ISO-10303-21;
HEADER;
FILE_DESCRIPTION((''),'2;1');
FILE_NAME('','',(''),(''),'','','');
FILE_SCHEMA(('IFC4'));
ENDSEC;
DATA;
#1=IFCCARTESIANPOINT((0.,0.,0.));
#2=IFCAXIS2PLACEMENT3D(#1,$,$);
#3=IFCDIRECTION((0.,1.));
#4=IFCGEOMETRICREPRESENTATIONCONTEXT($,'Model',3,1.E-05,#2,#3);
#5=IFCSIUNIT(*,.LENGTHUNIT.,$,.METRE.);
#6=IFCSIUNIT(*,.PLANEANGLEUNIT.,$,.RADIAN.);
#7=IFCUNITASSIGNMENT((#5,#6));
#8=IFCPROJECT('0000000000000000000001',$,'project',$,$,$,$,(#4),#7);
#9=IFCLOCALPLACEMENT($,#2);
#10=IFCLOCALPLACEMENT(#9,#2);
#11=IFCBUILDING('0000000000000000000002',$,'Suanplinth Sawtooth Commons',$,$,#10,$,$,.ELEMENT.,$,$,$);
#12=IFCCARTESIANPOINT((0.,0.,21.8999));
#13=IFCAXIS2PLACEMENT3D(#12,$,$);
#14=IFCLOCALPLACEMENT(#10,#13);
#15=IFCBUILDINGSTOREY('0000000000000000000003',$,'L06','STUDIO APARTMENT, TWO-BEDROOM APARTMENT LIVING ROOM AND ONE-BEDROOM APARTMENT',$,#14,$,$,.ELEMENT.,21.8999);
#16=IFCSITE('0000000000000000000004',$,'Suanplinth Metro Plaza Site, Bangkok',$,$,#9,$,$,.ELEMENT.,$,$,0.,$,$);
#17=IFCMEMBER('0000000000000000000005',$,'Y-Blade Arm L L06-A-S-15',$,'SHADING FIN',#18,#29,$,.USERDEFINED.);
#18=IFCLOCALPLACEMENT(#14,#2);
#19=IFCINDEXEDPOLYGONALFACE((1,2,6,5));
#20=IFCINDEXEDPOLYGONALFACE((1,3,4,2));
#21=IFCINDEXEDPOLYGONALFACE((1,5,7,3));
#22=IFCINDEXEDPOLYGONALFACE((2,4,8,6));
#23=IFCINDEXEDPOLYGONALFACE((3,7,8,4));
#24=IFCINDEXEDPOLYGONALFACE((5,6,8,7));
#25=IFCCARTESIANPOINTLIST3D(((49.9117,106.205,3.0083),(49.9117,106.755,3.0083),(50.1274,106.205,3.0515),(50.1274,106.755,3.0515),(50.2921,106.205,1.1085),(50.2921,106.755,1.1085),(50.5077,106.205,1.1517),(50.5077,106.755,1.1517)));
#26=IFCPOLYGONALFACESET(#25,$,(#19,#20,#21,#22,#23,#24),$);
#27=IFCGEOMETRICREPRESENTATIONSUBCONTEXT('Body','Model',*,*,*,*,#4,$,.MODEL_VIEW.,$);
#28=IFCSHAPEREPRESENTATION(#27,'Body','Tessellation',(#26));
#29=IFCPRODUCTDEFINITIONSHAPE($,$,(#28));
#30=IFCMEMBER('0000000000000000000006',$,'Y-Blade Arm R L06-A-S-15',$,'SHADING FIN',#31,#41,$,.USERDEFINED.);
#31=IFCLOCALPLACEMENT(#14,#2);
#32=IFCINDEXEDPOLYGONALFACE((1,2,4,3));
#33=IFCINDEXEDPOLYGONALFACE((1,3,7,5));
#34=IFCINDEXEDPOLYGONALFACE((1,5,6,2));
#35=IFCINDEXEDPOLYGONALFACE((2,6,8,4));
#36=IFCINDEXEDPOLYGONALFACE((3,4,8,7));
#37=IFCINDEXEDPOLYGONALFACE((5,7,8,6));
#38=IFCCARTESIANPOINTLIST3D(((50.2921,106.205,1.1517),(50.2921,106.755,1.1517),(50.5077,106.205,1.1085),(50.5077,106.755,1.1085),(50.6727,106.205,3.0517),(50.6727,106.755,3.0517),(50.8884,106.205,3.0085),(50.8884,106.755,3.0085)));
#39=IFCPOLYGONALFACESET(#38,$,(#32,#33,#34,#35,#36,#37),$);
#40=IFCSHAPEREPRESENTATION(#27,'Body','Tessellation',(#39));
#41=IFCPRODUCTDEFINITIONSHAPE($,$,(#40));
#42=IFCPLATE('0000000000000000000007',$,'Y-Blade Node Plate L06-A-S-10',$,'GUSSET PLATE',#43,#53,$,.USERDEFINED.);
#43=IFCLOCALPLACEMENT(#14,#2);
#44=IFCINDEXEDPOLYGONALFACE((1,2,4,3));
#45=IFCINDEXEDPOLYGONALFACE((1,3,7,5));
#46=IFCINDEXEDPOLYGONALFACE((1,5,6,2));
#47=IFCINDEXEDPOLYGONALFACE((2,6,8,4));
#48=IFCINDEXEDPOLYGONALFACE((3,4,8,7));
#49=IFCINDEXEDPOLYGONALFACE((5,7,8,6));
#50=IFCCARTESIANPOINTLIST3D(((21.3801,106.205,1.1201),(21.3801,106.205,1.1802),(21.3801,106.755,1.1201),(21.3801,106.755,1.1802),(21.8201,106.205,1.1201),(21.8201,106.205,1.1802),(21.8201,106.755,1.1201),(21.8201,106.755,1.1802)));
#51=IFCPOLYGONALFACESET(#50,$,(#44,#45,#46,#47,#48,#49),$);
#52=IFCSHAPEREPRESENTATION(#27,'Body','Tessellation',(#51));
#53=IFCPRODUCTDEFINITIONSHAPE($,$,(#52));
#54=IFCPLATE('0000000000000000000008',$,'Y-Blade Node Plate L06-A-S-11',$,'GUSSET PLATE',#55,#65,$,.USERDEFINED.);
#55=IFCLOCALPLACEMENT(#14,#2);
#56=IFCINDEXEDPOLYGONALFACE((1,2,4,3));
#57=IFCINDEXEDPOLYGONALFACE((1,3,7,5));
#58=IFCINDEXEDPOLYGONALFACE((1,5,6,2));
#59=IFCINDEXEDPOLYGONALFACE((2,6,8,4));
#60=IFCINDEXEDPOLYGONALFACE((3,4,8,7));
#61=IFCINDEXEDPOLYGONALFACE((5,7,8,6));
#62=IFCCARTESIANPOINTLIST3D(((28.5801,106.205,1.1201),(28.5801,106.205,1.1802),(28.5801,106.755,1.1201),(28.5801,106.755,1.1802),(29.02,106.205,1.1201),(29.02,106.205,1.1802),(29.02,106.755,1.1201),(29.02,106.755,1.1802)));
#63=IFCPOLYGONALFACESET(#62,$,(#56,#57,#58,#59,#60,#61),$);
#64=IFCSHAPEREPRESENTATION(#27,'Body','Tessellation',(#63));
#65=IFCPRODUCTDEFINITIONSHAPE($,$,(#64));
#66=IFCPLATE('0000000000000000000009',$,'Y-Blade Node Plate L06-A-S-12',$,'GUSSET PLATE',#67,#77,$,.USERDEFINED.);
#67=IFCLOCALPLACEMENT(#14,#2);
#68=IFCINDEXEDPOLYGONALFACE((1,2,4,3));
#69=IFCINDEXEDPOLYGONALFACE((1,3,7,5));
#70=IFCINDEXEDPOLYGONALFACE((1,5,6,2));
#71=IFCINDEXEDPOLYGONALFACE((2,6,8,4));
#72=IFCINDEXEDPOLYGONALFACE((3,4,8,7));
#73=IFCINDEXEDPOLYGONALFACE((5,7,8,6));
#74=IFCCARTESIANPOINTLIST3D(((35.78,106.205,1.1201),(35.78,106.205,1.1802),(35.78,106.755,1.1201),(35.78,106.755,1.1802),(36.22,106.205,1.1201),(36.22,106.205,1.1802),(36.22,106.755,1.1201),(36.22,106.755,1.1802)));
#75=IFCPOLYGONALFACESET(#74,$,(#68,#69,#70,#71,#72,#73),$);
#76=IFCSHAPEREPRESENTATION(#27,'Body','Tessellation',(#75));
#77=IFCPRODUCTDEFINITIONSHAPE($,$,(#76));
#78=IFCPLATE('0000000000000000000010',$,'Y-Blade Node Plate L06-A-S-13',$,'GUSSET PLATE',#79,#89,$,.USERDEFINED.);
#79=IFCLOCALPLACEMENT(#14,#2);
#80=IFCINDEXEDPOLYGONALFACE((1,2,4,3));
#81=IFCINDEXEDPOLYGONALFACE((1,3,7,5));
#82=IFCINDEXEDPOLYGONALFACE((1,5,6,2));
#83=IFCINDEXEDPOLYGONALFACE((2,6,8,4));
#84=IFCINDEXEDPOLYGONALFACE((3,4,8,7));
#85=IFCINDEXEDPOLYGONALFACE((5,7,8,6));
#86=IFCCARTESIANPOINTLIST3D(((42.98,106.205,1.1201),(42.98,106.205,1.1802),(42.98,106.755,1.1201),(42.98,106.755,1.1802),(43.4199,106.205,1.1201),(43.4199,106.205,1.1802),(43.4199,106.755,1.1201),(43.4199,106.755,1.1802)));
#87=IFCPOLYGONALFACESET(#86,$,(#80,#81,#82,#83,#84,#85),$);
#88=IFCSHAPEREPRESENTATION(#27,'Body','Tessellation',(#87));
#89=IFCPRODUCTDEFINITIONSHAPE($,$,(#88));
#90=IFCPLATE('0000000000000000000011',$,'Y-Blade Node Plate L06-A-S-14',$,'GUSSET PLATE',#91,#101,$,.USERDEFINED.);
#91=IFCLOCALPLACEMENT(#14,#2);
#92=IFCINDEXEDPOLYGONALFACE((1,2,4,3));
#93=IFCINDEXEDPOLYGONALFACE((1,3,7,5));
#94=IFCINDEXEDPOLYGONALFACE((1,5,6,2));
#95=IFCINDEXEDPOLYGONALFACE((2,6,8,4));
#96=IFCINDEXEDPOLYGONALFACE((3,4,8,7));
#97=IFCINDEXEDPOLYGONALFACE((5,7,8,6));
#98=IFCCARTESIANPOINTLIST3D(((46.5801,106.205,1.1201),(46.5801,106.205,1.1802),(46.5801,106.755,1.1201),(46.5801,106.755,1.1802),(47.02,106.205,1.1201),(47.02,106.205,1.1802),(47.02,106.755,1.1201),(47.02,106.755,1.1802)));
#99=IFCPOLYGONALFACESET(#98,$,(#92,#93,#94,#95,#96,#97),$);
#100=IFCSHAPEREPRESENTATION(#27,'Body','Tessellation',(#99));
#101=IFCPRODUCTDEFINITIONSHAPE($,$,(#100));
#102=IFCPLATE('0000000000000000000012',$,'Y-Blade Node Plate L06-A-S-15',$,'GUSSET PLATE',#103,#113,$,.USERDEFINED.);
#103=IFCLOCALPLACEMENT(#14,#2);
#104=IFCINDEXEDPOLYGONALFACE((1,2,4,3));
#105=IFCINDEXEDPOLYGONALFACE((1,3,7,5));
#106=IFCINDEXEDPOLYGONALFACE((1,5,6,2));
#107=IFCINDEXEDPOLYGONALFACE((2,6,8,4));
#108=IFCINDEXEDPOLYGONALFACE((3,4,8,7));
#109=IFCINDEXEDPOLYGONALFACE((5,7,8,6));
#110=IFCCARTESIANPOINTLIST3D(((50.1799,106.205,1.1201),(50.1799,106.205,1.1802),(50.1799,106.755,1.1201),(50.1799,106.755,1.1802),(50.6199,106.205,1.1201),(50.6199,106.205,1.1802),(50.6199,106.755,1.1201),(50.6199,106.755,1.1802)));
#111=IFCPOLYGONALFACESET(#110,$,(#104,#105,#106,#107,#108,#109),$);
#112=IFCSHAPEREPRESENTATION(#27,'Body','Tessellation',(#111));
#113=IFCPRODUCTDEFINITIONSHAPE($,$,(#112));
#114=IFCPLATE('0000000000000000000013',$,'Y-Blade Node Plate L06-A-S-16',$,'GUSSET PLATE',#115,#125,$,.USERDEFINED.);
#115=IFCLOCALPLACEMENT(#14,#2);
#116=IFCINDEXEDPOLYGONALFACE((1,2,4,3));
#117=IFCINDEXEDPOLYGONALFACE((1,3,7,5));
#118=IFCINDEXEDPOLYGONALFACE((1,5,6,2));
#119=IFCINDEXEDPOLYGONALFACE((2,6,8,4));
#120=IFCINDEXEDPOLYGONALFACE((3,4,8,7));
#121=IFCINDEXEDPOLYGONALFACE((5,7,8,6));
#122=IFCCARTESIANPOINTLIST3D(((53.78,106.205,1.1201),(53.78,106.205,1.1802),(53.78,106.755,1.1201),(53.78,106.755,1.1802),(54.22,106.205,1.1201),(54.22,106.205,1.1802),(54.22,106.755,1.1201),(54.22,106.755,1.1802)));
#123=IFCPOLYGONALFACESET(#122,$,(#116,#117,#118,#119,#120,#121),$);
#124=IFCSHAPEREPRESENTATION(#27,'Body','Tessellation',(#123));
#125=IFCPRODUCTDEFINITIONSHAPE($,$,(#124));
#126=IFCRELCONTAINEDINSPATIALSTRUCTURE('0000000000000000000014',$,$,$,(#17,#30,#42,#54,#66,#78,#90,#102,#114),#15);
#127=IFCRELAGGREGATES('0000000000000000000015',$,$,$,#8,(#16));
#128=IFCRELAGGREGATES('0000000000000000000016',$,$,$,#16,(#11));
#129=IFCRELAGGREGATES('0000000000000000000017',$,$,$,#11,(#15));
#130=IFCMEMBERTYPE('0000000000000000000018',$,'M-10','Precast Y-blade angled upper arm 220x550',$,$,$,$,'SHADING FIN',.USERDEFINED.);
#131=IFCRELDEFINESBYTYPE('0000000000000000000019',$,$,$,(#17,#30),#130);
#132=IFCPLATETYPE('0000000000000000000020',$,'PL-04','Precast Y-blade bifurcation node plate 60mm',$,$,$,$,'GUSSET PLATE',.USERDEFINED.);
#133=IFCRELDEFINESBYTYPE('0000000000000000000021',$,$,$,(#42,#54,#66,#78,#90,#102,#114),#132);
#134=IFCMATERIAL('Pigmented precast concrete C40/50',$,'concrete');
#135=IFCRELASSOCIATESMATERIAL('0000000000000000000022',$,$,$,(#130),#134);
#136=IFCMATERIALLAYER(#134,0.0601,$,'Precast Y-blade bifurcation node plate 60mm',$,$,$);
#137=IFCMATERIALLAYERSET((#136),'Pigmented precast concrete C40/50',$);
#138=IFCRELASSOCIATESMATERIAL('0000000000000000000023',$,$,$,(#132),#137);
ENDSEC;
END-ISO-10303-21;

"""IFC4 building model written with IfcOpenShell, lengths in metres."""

from ifc_helpers import new_model, si_unit, direction, frame, origin, origin_2d, place, context, subcontext, project, spatial, rectangle, extrude, material, layer, layer_set, material_profile, profile_set, type_object, element, save


model = new_model("IFC4")

# Units and contexts
model_context = context("Model", 3, precision=1e-05, world=origin(), true_north=direction((0.0, 1.0)))
body_context = subcontext(model_context, "Body", "Model", "MODEL_VIEW")
ifc_project = project(units=[si_unit("LENGTHUNIT", "METRE"), si_unit("PLANEANGLEUNIT", "RADIAN")], contexts=[model_context])

# Site, building, storey
site_placement = place(None, origin())
site = spatial("IfcSite", under=ifc_project, at=site_placement, Name="Suanplinth Metro Plaza Site, Bangkok", CompositionType="ELEMENT", RefElevation=0.0)
building_placement = place(site_placement, origin())
building = spatial("IfcBuilding", under=site, at=building_placement, Name="Suanplinth Sawtooth Commons", CompositionType="ELEMENT")
storey_placement = place(building_placement, frame((0.0, 0.0, 21.8999)))
storey = spatial("IfcBuildingStorey", under=building, at=storey_placement, Name="L06", Description="STUDIO APARTMENT, TWO-BEDROOM APARTMENT LIVING ROOM AND ONE-BEDROOM APARTMENT", CompositionType="ELEMENT", Elevation=21.8999)

# Members
ifc_material = material(Name="Pigmented precast concrete C40/50", Category="concrete")
ifc_material_profile_1 = material_profile(ifc_material, rectangle(XDim=0.22, YDim=0.55, at=origin_2d()), Name="PC-FIN 220x550")
ifc_profile_set_1 = profile_set([ifc_material_profile_1], Name="Pigmented precast concrete C40/50")
member_type_1 = type_object("IfcMemberType", Name="M-10", Description="Precast Y-blade angled upper arm 220x550", ElementType="SHADING FIN", PredefinedType="USERDEFINED", material=ifc_profile_set_1)
for number, where, z_axis, x_axis, name in (
    (1, (50.3999, 106.48, 1.1301), (-0.19631, 0.0, 0.980542), (0.980542, 0.0, 0.19631), "Y-Blade Arm L L06-A-S-15"),
):
    element("IfcMember", number, at=place(storey_placement, frame(where, z_axis=z_axis, x_axis=x_axis)), inside=storey, type_object=member_type_1, Name=name, ObjectType="SHADING FIN", PredefinedType="USERDEFINED", context=body_context, shape_type="SweptSolid", body=[
        extrude(rectangle(XDim=0.22, YDim=0.55, at=origin_2d()), origin(), (0.0, 0.0, 1.0), 1.9375),
    ])
member_1_placement = place(storey_placement, frame((50.3999, 106.48, 1.1301), z_axis=(0.196431, 0.0, 0.980518), x_axis=(-0.980518, 0.0, 0.196431)))
element("IfcMember", 2, at=member_1_placement, inside=storey, type_object=member_type_1, Name="Y-Blade Arm R L06-A-S-15", ObjectType="SHADING FIN", PredefinedType="USERDEFINED", context=body_context, shape_type="SweptSolid", body=[
    extrude(rectangle(XDim=0.22, YDim=0.55, at=origin_2d()), origin(), (0.0, 0.0, 1.0), 1.9377),
])

# Plates
ifc_layer = layer(ifc_material, 0.0601, Name="Precast Y-blade bifurcation node plate 60mm")
ifc_layer_set = layer_set([ifc_layer], Name="Pigmented precast concrete C40/50")
plate_type = type_object("IfcPlateType", Name="PL-04", Description="Precast Y-blade bifurcation node plate 60mm", ElementType="GUSSET PLATE", PredefinedType="USERDEFINED", material=ifc_layer_set)
for number, where, z_axis, x_axis, name in (
    (3, (21.6001, 106.48, 1.1201), (0.0, 0.0, 1.0), (1.0, 0.0, 0.0), "Y-Blade Node Plate L06-A-S-10"),
    (4, (28.8, 106.48, 1.1201), (0.0, 0.0, 1.0), (1.0, 0.0, 0.0), "Y-Blade Node Plate L06-A-S-11"),
    (5, (36.0, 106.48, 1.1201), (0.0, 0.0, 1.0), (1.0, 0.0, 0.0), "Y-Blade Node Plate L06-A-S-12"),
    (6, (43.2, 106.48, 1.1201), (0.0, 0.0, 1.0), (1.0, 0.0, 0.0), "Y-Blade Node Plate L06-A-S-13"),
    (7, (46.8, 106.48, 1.1201), (0.0, 0.0, 1.0), (1.0, 0.0, 0.0), "Y-Blade Node Plate L06-A-S-14"),
    (8, (50.3999, 106.48, 1.1201), (0.0, 0.0, 1.0), (1.0, 0.0, 0.0), "Y-Blade Node Plate L06-A-S-15"),
    (9, (54.0, 106.48, 1.1201), (0.0, 0.0, 1.0), (1.0, 0.0, 0.0), "Y-Blade Node Plate L06-A-S-16"),
):
    element("IfcPlate", number, at=place(storey_placement, frame(where, z_axis=z_axis, x_axis=x_axis)), inside=storey, type_object=plate_type, Name=name, ObjectType="GUSSET PLATE", PredefinedType="USERDEFINED", context=body_context, shape_type="SweptSolid", body=[
        extrude(rectangle(XDim=0.4399, YDim=0.55, at=origin_2d()), origin(), (0.0, 0.0, 1.0), 0.0601),
    ])

save(model, "model.ifc")
